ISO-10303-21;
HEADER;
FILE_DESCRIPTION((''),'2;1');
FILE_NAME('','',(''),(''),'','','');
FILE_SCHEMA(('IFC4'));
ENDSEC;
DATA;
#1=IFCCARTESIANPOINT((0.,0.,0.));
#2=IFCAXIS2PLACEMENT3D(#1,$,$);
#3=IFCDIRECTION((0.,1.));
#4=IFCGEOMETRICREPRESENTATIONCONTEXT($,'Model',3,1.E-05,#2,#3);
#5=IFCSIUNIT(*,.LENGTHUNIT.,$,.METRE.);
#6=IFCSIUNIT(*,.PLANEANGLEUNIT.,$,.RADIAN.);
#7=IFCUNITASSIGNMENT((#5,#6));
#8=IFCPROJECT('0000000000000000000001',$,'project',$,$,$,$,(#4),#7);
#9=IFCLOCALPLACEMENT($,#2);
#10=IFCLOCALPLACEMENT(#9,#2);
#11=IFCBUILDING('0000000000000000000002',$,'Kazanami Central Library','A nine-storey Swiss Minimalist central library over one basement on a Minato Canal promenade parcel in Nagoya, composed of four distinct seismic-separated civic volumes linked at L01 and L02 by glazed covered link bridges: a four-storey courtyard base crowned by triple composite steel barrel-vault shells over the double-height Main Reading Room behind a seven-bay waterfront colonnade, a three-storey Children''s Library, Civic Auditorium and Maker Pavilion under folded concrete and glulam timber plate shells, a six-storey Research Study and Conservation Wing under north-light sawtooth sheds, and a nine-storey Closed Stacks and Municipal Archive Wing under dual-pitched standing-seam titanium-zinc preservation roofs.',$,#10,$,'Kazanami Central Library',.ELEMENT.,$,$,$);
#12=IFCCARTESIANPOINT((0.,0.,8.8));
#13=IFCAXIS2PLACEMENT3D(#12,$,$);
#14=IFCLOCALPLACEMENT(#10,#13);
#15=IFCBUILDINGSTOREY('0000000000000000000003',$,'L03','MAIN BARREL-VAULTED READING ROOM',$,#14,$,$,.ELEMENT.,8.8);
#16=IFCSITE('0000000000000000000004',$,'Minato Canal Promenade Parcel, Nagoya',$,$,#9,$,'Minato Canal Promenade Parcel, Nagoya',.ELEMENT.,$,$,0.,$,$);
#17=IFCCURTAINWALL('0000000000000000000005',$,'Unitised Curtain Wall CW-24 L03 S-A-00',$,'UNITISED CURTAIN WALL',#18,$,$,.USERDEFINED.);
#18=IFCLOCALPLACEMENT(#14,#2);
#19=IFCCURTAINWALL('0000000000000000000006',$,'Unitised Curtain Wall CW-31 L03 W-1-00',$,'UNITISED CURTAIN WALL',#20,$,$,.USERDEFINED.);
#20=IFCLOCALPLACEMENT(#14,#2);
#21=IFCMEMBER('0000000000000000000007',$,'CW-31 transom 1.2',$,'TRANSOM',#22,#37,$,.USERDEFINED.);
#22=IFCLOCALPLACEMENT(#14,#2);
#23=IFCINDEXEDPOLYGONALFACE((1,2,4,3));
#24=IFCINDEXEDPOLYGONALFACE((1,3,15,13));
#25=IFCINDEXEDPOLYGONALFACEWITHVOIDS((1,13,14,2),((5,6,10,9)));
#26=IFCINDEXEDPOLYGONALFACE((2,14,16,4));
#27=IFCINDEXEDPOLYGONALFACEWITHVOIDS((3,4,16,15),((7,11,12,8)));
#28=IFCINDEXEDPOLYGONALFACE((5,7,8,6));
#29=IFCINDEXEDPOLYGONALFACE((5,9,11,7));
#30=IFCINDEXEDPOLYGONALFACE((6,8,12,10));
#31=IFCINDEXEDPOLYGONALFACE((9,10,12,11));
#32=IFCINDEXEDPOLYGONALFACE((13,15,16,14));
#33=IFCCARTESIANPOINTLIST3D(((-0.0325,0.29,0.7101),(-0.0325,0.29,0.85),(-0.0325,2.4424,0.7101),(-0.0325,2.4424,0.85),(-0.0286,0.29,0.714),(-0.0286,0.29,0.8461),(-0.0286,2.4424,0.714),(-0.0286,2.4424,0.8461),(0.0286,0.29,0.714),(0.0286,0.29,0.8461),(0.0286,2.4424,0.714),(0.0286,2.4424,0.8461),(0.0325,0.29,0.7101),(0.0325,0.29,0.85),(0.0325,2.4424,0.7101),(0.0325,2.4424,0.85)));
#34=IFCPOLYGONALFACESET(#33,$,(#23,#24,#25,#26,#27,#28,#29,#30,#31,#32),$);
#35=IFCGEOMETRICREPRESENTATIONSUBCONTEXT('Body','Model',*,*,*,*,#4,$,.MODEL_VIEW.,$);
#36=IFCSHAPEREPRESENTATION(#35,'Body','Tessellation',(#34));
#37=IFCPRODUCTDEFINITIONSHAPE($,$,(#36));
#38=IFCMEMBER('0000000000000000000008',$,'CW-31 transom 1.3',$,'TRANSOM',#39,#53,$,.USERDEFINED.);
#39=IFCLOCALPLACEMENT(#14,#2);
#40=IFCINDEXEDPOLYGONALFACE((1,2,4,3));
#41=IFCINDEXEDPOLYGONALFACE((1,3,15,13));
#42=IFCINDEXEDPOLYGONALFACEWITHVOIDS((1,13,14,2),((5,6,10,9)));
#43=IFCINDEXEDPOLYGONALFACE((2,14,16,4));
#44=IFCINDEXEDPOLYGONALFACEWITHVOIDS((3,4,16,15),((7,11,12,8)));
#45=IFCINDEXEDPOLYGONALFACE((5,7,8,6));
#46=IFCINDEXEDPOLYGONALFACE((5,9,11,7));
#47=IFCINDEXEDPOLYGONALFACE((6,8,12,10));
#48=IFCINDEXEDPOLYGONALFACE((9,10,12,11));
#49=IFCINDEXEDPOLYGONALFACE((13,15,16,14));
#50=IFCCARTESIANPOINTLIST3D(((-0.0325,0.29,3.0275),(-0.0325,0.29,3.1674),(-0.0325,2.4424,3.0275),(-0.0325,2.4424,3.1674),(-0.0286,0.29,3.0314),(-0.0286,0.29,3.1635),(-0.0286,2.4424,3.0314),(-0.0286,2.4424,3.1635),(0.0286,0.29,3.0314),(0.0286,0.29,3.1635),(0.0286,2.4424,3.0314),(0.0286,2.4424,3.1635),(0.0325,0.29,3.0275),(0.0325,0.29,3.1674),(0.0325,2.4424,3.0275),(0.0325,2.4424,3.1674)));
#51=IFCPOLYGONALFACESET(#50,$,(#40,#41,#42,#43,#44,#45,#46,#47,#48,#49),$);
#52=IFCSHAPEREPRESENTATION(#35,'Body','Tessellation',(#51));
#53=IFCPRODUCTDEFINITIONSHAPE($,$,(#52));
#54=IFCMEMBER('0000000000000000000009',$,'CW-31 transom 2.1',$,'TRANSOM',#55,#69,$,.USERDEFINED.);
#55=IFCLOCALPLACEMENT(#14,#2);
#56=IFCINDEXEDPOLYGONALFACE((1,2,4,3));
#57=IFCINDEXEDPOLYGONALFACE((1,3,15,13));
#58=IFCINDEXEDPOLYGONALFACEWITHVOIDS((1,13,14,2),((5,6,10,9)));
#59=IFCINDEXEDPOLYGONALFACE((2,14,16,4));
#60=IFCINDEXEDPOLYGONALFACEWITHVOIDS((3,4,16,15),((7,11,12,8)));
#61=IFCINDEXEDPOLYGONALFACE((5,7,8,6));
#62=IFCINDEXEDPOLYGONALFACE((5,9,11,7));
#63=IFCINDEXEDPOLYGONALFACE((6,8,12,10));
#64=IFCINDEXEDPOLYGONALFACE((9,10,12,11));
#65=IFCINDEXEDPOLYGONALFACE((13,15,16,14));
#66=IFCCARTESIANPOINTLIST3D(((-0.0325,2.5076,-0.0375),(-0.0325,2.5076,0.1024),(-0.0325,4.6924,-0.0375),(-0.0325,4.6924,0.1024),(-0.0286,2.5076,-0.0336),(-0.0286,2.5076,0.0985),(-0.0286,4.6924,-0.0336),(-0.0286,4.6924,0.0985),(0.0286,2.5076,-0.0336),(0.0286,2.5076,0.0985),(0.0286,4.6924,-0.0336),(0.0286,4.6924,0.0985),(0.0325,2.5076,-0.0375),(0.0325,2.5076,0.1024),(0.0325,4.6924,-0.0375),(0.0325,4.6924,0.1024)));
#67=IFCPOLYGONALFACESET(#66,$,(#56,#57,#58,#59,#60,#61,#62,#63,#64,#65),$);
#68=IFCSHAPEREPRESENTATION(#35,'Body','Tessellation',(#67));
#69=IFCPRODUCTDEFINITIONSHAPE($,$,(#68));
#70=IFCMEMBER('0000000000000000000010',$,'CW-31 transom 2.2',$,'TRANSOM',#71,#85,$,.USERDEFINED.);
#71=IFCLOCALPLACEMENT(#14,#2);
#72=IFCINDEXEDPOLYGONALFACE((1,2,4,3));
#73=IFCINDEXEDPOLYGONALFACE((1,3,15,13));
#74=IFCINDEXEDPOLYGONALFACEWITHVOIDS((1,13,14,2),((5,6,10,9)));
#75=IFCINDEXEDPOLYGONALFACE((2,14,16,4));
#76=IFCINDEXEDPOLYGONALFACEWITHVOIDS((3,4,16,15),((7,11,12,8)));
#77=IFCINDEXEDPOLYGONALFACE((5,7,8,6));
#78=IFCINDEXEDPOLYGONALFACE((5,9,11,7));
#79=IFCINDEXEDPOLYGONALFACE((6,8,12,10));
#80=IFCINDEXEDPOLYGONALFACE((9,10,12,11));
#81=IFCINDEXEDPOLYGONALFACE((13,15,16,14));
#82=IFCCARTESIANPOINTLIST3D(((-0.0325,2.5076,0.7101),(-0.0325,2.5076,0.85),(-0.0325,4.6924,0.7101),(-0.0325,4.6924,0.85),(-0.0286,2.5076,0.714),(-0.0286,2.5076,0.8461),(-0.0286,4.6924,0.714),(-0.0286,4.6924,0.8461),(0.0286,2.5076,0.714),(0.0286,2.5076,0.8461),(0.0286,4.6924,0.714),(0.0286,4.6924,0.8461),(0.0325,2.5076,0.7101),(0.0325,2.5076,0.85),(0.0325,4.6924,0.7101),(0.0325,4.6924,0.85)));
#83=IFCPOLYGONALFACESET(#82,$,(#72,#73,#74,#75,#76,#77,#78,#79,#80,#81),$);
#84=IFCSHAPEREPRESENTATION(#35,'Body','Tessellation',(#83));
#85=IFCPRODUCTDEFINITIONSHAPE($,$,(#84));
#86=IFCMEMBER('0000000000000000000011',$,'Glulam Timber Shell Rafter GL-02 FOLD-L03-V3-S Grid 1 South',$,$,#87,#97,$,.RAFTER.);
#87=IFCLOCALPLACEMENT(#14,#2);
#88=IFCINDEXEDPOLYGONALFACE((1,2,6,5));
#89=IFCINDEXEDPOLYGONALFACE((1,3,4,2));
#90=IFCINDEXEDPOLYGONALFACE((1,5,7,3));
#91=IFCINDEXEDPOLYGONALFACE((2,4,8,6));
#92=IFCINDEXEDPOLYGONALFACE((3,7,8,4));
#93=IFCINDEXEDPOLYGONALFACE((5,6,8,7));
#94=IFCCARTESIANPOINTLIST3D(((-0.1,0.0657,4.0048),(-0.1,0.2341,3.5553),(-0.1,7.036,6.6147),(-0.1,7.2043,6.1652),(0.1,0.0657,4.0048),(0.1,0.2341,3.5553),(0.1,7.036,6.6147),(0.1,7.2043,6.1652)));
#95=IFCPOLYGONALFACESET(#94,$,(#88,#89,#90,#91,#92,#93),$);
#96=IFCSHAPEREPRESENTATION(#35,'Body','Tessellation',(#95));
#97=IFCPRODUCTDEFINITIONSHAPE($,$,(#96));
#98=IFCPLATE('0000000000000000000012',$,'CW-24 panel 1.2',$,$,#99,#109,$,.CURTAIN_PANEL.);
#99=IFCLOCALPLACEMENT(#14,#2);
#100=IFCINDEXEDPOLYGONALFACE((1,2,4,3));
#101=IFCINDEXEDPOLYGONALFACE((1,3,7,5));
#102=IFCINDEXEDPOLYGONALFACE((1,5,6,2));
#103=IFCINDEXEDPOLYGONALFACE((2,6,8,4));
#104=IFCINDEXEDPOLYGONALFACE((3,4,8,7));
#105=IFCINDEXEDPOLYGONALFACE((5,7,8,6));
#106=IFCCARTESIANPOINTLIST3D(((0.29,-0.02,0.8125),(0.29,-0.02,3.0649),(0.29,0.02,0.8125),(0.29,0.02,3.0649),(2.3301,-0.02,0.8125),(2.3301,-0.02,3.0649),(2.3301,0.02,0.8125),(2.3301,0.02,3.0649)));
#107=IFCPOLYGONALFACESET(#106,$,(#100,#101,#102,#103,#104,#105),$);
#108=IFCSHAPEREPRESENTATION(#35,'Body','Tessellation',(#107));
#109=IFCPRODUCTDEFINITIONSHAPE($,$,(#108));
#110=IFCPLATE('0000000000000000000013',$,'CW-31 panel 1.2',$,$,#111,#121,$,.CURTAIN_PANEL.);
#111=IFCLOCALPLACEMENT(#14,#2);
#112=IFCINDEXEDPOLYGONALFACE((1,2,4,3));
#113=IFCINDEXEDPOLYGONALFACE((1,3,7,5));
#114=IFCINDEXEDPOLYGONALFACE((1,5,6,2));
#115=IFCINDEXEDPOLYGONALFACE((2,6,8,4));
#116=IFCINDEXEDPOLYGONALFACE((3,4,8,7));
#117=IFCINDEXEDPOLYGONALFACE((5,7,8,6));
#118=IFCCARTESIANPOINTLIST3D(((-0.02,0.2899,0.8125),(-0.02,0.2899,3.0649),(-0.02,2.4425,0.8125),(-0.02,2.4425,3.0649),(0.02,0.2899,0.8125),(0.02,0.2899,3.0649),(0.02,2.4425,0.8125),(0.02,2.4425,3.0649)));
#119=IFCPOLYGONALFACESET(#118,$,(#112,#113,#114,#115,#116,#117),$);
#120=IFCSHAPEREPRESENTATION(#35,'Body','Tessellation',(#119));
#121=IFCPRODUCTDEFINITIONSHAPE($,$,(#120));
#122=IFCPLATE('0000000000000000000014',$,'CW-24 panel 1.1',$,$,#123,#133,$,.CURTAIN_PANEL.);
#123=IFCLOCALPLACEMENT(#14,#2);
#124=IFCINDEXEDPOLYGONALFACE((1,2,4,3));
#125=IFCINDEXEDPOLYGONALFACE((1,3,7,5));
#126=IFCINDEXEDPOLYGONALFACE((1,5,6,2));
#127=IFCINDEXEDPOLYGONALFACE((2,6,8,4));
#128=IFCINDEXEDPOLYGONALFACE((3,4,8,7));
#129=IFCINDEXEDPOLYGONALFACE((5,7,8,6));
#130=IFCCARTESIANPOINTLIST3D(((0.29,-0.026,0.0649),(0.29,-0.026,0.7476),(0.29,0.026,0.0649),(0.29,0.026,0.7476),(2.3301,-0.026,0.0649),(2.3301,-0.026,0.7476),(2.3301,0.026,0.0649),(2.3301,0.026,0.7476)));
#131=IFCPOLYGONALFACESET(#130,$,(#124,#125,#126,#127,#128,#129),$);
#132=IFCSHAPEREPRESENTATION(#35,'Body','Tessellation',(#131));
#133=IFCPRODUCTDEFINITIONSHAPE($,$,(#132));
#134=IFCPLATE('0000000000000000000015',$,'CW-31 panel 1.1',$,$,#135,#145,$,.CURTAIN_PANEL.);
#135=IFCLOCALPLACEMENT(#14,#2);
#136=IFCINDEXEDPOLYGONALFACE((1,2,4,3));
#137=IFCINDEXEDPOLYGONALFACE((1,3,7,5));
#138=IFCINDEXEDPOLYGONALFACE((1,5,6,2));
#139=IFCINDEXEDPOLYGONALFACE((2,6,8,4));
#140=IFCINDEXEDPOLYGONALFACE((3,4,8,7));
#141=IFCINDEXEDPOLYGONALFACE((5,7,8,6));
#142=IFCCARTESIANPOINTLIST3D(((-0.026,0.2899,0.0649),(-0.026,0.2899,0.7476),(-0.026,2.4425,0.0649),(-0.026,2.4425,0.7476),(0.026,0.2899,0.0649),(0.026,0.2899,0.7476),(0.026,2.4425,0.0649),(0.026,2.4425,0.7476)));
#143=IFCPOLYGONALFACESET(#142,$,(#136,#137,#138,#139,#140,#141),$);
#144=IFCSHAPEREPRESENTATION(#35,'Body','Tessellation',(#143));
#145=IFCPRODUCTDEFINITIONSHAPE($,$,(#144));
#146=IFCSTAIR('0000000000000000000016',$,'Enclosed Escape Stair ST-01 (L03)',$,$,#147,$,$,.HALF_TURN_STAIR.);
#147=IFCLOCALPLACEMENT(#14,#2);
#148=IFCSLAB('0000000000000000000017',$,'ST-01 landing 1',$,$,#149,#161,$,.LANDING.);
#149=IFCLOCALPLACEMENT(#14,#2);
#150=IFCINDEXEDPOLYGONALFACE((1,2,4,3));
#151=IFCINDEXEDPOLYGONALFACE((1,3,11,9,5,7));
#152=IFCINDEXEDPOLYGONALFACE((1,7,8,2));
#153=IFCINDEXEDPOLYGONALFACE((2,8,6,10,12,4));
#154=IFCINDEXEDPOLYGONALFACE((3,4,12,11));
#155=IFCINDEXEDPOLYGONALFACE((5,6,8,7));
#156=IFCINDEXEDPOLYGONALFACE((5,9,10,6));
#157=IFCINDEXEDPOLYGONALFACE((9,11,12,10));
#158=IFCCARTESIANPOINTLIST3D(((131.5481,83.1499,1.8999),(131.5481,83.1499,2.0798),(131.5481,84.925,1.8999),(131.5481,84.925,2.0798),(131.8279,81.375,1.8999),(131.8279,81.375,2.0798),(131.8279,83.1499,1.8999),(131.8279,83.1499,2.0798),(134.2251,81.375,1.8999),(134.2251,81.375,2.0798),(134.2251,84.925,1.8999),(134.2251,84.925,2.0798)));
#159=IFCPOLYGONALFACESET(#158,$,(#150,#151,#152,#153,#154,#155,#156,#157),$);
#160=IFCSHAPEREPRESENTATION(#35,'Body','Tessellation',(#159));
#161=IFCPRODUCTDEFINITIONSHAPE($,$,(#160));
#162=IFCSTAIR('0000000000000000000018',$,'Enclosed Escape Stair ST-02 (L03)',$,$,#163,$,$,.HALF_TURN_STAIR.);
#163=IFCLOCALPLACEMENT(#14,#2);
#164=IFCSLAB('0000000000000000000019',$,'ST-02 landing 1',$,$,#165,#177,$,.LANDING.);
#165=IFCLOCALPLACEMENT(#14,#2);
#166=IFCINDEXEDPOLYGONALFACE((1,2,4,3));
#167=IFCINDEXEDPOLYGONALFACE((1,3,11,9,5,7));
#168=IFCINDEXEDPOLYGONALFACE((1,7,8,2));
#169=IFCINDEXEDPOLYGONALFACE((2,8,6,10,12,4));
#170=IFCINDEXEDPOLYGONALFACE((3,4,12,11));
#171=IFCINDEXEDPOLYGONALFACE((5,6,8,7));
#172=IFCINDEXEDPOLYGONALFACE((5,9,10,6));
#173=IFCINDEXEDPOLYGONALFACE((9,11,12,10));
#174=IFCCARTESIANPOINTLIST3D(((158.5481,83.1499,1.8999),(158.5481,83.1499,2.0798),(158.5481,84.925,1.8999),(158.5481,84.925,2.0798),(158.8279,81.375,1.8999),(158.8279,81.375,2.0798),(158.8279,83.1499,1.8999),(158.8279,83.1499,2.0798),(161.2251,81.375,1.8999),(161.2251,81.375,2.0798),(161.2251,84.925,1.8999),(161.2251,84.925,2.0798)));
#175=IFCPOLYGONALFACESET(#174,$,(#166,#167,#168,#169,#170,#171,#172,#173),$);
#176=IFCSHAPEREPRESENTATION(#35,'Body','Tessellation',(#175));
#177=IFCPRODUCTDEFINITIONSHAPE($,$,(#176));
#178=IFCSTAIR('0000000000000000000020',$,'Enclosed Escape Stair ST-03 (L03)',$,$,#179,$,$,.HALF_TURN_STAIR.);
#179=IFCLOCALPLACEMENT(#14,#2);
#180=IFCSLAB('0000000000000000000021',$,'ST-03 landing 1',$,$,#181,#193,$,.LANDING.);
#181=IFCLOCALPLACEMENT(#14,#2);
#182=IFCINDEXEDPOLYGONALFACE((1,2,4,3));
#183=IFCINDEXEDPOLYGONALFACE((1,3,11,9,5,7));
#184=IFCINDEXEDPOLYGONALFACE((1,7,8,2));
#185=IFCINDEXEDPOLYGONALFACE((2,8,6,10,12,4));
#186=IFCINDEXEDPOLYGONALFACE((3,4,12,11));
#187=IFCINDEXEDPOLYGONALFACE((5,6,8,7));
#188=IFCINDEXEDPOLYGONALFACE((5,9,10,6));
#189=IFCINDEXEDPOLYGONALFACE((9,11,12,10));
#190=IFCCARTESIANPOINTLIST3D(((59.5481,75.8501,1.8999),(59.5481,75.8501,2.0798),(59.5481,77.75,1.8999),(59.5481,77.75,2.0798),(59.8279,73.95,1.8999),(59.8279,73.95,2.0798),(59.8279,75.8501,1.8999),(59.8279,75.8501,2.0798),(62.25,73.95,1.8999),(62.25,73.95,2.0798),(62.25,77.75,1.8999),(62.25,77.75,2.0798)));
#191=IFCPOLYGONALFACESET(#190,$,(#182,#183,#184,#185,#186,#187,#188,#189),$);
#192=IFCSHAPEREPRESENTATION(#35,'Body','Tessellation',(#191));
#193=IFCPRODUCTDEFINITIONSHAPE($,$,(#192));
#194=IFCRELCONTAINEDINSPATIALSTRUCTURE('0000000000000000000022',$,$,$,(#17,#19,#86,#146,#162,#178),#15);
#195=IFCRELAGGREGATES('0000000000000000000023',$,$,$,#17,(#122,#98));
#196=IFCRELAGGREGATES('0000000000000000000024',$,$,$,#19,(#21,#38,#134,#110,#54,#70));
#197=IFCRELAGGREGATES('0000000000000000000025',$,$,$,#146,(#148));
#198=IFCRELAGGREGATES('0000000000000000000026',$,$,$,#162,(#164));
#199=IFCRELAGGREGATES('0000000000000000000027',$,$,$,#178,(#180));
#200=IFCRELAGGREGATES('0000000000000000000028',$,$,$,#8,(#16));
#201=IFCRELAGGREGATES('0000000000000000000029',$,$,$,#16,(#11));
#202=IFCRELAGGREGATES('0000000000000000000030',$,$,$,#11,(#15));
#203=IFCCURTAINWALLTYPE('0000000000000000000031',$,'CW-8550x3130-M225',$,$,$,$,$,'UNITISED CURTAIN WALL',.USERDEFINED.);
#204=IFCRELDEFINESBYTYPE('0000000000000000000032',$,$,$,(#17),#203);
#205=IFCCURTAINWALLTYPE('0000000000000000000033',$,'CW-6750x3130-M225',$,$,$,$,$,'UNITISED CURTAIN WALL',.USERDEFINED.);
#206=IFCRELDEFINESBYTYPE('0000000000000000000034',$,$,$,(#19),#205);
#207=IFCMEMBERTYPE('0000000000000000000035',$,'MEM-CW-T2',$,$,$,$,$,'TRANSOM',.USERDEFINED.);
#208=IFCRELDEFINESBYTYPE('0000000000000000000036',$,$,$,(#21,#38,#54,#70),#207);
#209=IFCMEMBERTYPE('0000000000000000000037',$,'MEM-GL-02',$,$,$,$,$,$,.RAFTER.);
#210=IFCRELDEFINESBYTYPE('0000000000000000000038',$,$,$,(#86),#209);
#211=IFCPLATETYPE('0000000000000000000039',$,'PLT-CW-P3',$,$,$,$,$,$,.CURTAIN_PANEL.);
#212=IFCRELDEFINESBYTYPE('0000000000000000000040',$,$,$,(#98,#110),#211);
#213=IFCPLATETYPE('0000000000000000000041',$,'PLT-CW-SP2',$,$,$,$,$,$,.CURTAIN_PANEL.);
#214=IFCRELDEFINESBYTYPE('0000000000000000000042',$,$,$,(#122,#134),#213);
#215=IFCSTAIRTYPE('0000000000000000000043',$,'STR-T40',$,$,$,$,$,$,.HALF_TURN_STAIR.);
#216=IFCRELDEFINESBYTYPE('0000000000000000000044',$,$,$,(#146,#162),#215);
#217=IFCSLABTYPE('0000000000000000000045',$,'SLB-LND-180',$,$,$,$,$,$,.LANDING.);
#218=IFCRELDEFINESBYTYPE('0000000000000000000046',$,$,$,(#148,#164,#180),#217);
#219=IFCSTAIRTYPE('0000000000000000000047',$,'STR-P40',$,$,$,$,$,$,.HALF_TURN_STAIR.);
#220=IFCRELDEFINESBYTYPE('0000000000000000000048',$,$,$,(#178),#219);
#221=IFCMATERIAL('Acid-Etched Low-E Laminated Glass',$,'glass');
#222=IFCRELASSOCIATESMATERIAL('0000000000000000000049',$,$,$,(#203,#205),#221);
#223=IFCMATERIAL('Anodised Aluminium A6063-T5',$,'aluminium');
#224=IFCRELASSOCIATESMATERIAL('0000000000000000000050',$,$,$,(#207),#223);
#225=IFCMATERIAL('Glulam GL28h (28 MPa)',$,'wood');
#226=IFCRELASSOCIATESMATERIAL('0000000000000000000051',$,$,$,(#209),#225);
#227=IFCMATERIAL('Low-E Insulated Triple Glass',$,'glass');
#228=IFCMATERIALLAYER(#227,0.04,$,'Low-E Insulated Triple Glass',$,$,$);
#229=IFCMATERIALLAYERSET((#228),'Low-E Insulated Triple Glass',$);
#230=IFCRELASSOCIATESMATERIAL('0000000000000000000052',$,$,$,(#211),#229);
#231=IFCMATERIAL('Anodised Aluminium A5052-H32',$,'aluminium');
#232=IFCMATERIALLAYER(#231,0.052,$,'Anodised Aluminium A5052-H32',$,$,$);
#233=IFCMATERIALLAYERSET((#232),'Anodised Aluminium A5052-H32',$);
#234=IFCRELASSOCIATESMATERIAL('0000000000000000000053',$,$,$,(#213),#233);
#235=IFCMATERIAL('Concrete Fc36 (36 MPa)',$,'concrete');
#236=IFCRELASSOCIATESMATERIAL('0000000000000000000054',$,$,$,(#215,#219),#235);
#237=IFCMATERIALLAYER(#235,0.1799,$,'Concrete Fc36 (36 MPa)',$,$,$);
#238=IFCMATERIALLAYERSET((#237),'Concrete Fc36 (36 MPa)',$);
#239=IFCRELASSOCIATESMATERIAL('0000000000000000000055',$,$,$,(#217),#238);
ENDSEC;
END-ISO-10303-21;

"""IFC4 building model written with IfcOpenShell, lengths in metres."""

from ifc_helpers import new_model, si_unit, direction, frame, origin, origin_2d, place, context, subcontext, project, spatial, polyline, rectangle, hollow_rectangle, outline, extrude, material, layer, layer_set, material_profile, profile_set, type_object, element, aggregate, save


model = new_model("IFC4")

# Units and contexts
model_context = context("Model", 3, precision=1e-05, world=origin(), true_north=direction((0.0, 1.0)))
body_context = subcontext(model_context, "Body", "Model", "MODEL_VIEW")
ifc_project = project(units=[si_unit("LENGTHUNIT", "METRE"), si_unit("PLANEANGLEUNIT", "RADIAN")], contexts=[model_context])

# Site, building, storey
site_placement = place(None, origin())
site = spatial("IfcSite", under=ifc_project, at=site_placement, Name="Minato Canal Promenade Parcel, Nagoya", LongName="Minato Canal Promenade Parcel, Nagoya", CompositionType="ELEMENT", RefElevation=0.0)
building_placement = place(site_placement, origin())
building = spatial("IfcBuilding", under=site, at=building_placement, Name="Kazanami Central Library", Description="A nine-storey Swiss Minimalist central library over one basement on a Minato Canal promenade parcel in Nagoya, composed of four distinct seismic-separated civic volumes linked at L01 and L02 by glazed covered link bridges: a four-storey courtyard base crowned by triple composite steel barrel-vault shells over the double-height Main Reading Room behind a seven-bay waterfront colonnade, a three-storey Children's Library, Civic Auditorium and Maker Pavilion under folded concrete and glulam timber plate shells, a six-storey Research Study and Conservation Wing under north-light sawtooth sheds, and a nine-storey Closed Stacks and Municipal Archive Wing under dual-pitched standing-seam titanium-zinc preservation roofs.", LongName="Kazanami Central Library", CompositionType="ELEMENT")
storey_placement = place(building_placement, frame((0.0, 0.0, 8.8)))
storey = spatial("IfcBuildingStorey", under=building, at=storey_placement, Name="L03", Description="MAIN BARREL-VAULTED READING ROOM", CompositionType="ELEMENT", Elevation=8.8)

# Curtain wall
ifc_material_1 = material(Name="Acid-Etched Low-E Laminated Glass", Category="glass")
curtain_wall_type_1 = type_object("IfcCurtainWallType", Name="CW-8550x3130-M225", ElementType="UNITISED CURTAIN WALL", PredefinedType="USERDEFINED", material=ifc_material_1)
curtain_wall_1_placement = place(storey_placement, origin())
curtain_wall_1 = element("IfcCurtainWall", 1, at=curtain_wall_1_placement, inside=storey, type_object=curtain_wall_type_1, Name="Unitised Curtain Wall CW-24 L03 S-A-00", ObjectType="UNITISED CURTAIN WALL", PredefinedType="USERDEFINED")
ifc_material_2 = material(Name="Anodised Aluminium A6063-T5", Category="aluminium")

# Curtain wall
curtain_wall_type_2 = type_object("IfcCurtainWallType", Name="CW-6750x3130-M225", ElementType="UNITISED CURTAIN WALL", PredefinedType="USERDEFINED", material=ifc_material_1)
curtain_wall_2_placement = place(storey_placement, origin())
curtain_wall_2 = element("IfcCurtainWall", 2, at=curtain_wall_2_placement, inside=storey, type_object=curtain_wall_type_2, Name="Unitised Curtain Wall CW-31 L03 W-1-00", ObjectType="UNITISED CURTAIN WALL", PredefinedType="USERDEFINED")

# Members
ifc_material_profile_1 = material_profile(ifc_material_2, hollow_rectangle(XDim=0.0649, YDim=0.1399, WallThickness=0.0039, at=origin_2d()), Name="ALU-TRAN-65x140x4")
ifc_profile_set_1 = profile_set([ifc_material_profile_1], Name="Anodised Aluminium A6063-T5")
member_type_1 = type_object("IfcMemberType", Name="MEM-CW-T2", ElementType="TRANSOM", PredefinedType="USERDEFINED", material=ifc_profile_set_1)
member_1_placement = place(storey_placement, frame((0.0, 0.29, 0.78), z_axis=(0.0, 1.0, 0.0), x_axis=(-1.0, 0.0, 0.0)))
member_1 = element("IfcMember", 3, at=member_1_placement, type_object=member_type_1, Name="CW-31 transom 1.2", ObjectType="TRANSOM", PredefinedType="USERDEFINED", context=body_context, shape_type="SweptSolid", body=[
    extrude(hollow_rectangle(XDim=0.0649, YDim=0.1399, WallThickness=0.0039, at=origin_2d()), origin(), (0.0, 0.0, 1.0), 2.1523),
])
member_2_placement = place(storey_placement, frame((0.0, 0.29, 3.0974), z_axis=(0.0, 1.0, 0.0), x_axis=(-1.0, 0.0, 0.0)))
member_2 = element("IfcMember", 4, at=member_2_placement, type_object=member_type_1, Name="CW-31 transom 1.3", ObjectType="TRANSOM", PredefinedType="USERDEFINED", context=body_context, shape_type="SweptSolid", body=[
    extrude(hollow_rectangle(XDim=0.0649, YDim=0.1399, WallThickness=0.0039, at=origin_2d()), origin(), (0.0, 0.0, 1.0), 2.1523),
])
member_3_placement = place(storey_placement, frame((0.0, 2.5076, 0.0325), z_axis=(0.0, 1.0, 0.0), x_axis=(-1.0, 0.0, 0.0)))
member_3 = element("IfcMember", 5, at=member_3_placement, type_object=member_type_1, Name="CW-31 transom 2.1", ObjectType="TRANSOM", PredefinedType="USERDEFINED", context=body_context, shape_type="SweptSolid", body=[
    extrude(hollow_rectangle(XDim=0.0649, YDim=0.1399, WallThickness=0.0039, at=origin_2d()), origin(), (0.0, 0.0, 1.0), 2.1848),
])
member_4_placement = place(storey_placement, frame((0.0, 2.5076, 0.78), z_axis=(0.0, 1.0, 0.0), x_axis=(-1.0, 0.0, 0.0)))
member_4 = element("IfcMember", 6, at=member_4_placement, type_object=member_type_1, Name="CW-31 transom 2.2", ObjectType="TRANSOM", PredefinedType="USERDEFINED", context=body_context, shape_type="SweptSolid", body=[
    extrude(hollow_rectangle(XDim=0.0649, YDim=0.1399, WallThickness=0.0039, at=origin_2d()), origin(), (0.0, 0.0, 1.0), 2.1848),
])
ifc_material_3 = material(Name="Glulam GL28h (28 MPa)", Category="wood")
ifc_material_profile_2 = material_profile(ifc_material_3, rectangle(XDim=0.2, YDim=0.48, at=origin_2d()), Name="GL28h-200x480")
ifc_profile_set_2 = profile_set([ifc_material_profile_2], Name="Glulam GL28h (28 MPa)")
member_type_2 = type_object("IfcMemberType", Name="MEM-GL-02", PredefinedType="RAFTER", material=ifc_profile_set_2)
member_5_placement = place(storey_placement, frame((0.0, 0.1499, 3.78), z_axis=(0.0, 0.936504, 0.350656), x_axis=(-1.0, 0.0, 0.0)))
element("IfcMember", 7, at=member_5_placement, inside=storey, type_object=member_type_2, Name="Glulam Timber Shell Rafter GL-02 FOLD-L03-V3-S Grid 1 South", PredefinedType="RAFTER", context=body_context, shape_type="SweptSolid", body=[
    extrude(rectangle(XDim=0.2, YDim=0.48, at=origin_2d()), origin(), (0.0, 0.0, 1.0), 7.4429),
])

# Plates
ifc_material_4 = material(Name="Low-E Insulated Triple Glass", Category="glass")
ifc_layer_1 = layer(ifc_material_4, 0.04, Name="Low-E Insulated Triple Glass")
ifc_layer_set_1 = layer_set([ifc_layer_1], Name="Low-E Insulated Triple Glass")
plate_type_1 = type_object("IfcPlateType", Name="PLT-CW-P3", PredefinedType="CURTAIN_PANEL", material=ifc_layer_set_1)
plate_1_placement = place(storey_placement, frame((1.3101, 0.0, 0.8125), z_axis=(0.0, 0.0, 1.0), x_axis=(1.0, 0.0, 0.0)))
plate_1 = element("IfcPlate", 8, at=plate_1_placement, type_object=plate_type_1, Name="CW-24 panel 1.2", PredefinedType="CURTAIN_PANEL", context=body_context, shape_type="SweptSolid", body=[
    extrude(rectangle(XDim=2.04, YDim=0.04, at=origin_2d()), origin(), (0.0, 0.0, 1.0), 2.2524),
])
plate_2_placement = place(storey_placement, frame((0.0, 1.3662, 0.8125), z_axis=(0.0, 0.0, 1.0), x_axis=(0.0, 1.0, 0.0)))
plate_2 = element("IfcPlate", 9, at=plate_2_placement, type_object=plate_type_1, Name="CW-31 panel 1.2", PredefinedType="CURTAIN_PANEL", context=body_context, shape_type="SweptSolid", body=[
    extrude(rectangle(XDim=2.1526, YDim=0.04, at=origin_2d()), origin(), (0.0, 0.0, 1.0), 2.2524),
])
ifc_material_5 = material(Name="Anodised Aluminium A5052-H32", Category="aluminium")
ifc_layer_2 = layer(ifc_material_5, 0.052, Name="Anodised Aluminium A5052-H32")
ifc_layer_set_2 = layer_set([ifc_layer_2], Name="Anodised Aluminium A5052-H32")
plate_type_2 = type_object("IfcPlateType", Name="PLT-CW-SP2", PredefinedType="CURTAIN_PANEL", material=ifc_layer_set_2)
plate_3_placement = place(storey_placement, frame((1.3101, 0.0, 0.0649), z_axis=(0.0, 0.0, 1.0), x_axis=(1.0, 0.0, 0.0)))
plate_3 = element("IfcPlate", 10, at=plate_3_placement, type_object=plate_type_2, Name="CW-24 panel 1.1", PredefinedType="CURTAIN_PANEL", context=body_context, shape_type="SweptSolid", body=[
    extrude(rectangle(XDim=2.04, YDim=0.052, at=origin_2d()), origin(), (0.0, 0.0, 1.0), 0.6826),
])
aggregate(curtain_wall_1, [plate_3, plate_1])
plate_4_placement = place(storey_placement, frame((0.0, 1.3662, 0.0649), z_axis=(0.0, 0.0, 1.0), x_axis=(0.0, 1.0, 0.0)))
plate_4 = element("IfcPlate", 11, at=plate_4_placement, type_object=plate_type_2, Name="CW-31 panel 1.1", PredefinedType="CURTAIN_PANEL", context=body_context, shape_type="SweptSolid", body=[
    extrude(rectangle(XDim=2.1526, YDim=0.052, at=origin_2d()), origin(), (0.0, 0.0, 1.0), 0.6826),
])
aggregate(curtain_wall_2, [member_1, member_2, plate_4, plate_2, member_3, member_4])

# Stairs, slabs
ifc_material_6 = material(Name="Concrete Fc36 (36 MPa)", Category="concrete")
stair_type_1 = type_object("IfcStairType", Name="STR-T40", PredefinedType="HALF_TURN_STAIR", material=ifc_material_6)
stair_1_placement = place(storey_placement, origin())
stair_1 = element("IfcStair", 12, at=stair_1_placement, inside=storey, type_object=stair_type_1, Name="Enclosed Escape Stair ST-01 (L03)", PredefinedType="HALF_TURN_STAIR")
ifc_layer_3 = layer(ifc_material_6, 0.1799, Name="Concrete Fc36 (36 MPa)")
ifc_layer_set_3 = layer_set([ifc_layer_3], Name="Concrete Fc36 (36 MPa)")
slab_type_1 = type_object("IfcSlabType", Name="SLB-LND-180", PredefinedType="LANDING", material=ifc_layer_set_3)
slab_1_placement = place(storey_placement, frame((0.0, 0.0, 1.8999)))
slab_1 = element("IfcSlab", 13, at=slab_1_placement, type_object=slab_type_1, Name="ST-01 landing 1", PredefinedType="LANDING", context=body_context, shape_type="SweptSolid", body=[
    extrude(outline(polyline([(131.8279, 81.375), (134.2251, 81.375), (134.2251, 84.925), (131.5481, 84.925), (131.5481, 83.1499), (131.8279, 83.1499), (131.8279, 81.375)])), origin(), (0.0, 0.0, 1.0), 0.1799),
])
aggregate(stair_1, [slab_1])
stair_2_placement = place(storey_placement, origin())
stair_2 = element("IfcStair", 14, at=stair_2_placement, inside=storey, type_object=stair_type_1, Name="Enclosed Escape Stair ST-02 (L03)", PredefinedType="HALF_TURN_STAIR")
slab_2_placement = place(storey_placement, frame((0.0, 0.0, 1.8999)))
slab_2 = element("IfcSlab", 15, at=slab_2_placement, type_object=slab_type_1, Name="ST-02 landing 1", PredefinedType="LANDING", context=body_context, shape_type="SweptSolid", body=[
    extrude(outline(polyline([(158.8279, 81.375), (161.2251, 81.375), (161.2251, 84.925), (158.5481, 84.925), (158.5481, 83.1499), (158.8279, 83.1499), (158.8279, 81.375)])), origin(), (0.0, 0.0, 1.0), 0.1799),
])
aggregate(stair_2, [slab_2])
stair_type_2 = type_object("IfcStairType", Name="STR-P40", PredefinedType="HALF_TURN_STAIR", material=ifc_material_6)
stair_3_placement = place(storey_placement, origin())
stair_3 = element("IfcStair", 16, at=stair_3_placement, inside=storey, type_object=stair_type_2, Name="Enclosed Escape Stair ST-03 (L03)", PredefinedType="HALF_TURN_STAIR")
slab_3_placement = place(storey_placement, frame((0.0, 0.0, 1.8999)))
slab_3 = element("IfcSlab", 17, at=slab_3_placement, type_object=slab_type_1, Name="ST-03 landing 1", PredefinedType="LANDING", context=body_context, shape_type="SweptSolid", body=[
    extrude(outline(polyline([(59.8279, 73.95), (62.25, 73.95), (62.25, 77.75), (59.5481, 77.75), (59.5481, 75.8501), (59.8279, 75.8501), (59.8279, 73.95)])), origin(), (0.0, 0.0, 1.0), 0.1799),
])
aggregate(stair_3, [slab_3])

save(model, "model.ifc")
